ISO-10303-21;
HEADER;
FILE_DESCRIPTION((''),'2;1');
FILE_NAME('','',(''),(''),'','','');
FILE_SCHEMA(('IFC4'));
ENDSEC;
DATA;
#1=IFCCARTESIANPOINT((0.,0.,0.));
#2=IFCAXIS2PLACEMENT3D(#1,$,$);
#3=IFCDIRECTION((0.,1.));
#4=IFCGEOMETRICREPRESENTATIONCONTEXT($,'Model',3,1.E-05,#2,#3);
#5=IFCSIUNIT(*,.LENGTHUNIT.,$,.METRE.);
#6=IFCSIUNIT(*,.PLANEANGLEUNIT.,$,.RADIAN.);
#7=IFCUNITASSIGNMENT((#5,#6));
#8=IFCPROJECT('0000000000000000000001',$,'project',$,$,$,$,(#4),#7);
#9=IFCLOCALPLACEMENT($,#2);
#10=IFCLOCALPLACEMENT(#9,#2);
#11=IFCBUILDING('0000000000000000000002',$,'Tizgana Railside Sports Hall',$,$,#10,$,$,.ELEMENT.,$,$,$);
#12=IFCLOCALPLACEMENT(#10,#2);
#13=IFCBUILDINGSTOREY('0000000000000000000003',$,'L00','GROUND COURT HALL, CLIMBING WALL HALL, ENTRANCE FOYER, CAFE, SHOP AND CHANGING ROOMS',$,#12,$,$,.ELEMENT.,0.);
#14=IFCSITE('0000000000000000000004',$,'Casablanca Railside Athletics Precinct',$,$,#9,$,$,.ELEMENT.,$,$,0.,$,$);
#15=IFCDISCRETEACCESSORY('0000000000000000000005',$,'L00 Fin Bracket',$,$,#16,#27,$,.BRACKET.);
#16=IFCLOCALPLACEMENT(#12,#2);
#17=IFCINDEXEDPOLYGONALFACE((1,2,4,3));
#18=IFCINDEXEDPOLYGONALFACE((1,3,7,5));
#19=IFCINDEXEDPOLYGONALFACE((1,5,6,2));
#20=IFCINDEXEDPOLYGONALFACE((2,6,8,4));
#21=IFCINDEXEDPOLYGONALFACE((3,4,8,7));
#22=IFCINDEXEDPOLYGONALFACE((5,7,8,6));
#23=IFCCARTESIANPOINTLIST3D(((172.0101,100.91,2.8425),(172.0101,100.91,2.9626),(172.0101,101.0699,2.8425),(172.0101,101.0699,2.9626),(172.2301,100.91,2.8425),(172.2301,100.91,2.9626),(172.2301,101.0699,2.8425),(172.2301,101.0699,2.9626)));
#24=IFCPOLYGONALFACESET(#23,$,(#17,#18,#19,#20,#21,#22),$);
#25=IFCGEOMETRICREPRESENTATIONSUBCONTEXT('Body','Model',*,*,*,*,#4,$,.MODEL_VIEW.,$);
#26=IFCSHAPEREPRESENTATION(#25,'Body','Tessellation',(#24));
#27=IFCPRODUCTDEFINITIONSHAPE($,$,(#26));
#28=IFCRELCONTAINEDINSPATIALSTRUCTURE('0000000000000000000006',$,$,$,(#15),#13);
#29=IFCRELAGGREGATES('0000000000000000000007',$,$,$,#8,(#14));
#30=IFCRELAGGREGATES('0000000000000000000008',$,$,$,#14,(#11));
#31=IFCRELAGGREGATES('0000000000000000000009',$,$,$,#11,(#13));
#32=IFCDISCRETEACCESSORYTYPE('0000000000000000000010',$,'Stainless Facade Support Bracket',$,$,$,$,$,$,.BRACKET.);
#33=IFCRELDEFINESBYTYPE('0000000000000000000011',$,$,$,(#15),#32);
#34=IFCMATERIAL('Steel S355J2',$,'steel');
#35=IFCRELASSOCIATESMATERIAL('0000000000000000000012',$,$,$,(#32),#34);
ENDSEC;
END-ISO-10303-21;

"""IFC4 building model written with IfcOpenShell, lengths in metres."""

from ifc_helpers import new_model, si_unit, direction, frame, origin, origin_2d, place, context, subcontext, project, spatial, rectangle, extrude, material, type_object, element, save


model = new_model("IFC4")

# Units and contexts
model_context = context("Model", 3, precision=1e-05, world=origin(), true_north=direction((0.0, 1.0)))
body_context = subcontext(model_context, "Body", "Model", "MODEL_VIEW")
ifc_project = project(units=[si_unit("LENGTHUNIT", "METRE"), si_unit("PLANEANGLEUNIT", "RADIAN")], contexts=[model_context])

# Site, building, storey
site_placement = place(None, origin())
site = spatial("IfcSite", under=ifc_project, at=site_placement, Name="Casablanca Railside Athletics Precinct", CompositionType="ELEMENT", RefElevation=0.0)
building_placement = place(site_placement, origin())
building = spatial("IfcBuilding", under=site, at=building_placement, Name="Tizgana Railside Sports Hall", CompositionType="ELEMENT")
storey_placement = place(building_placement, origin())
storey = spatial("IfcBuildingStorey", under=building, at=storey_placement, Name="L00", Description="GROUND COURT HALL, CLIMBING WALL HALL, ENTRANCE FOYER, CAFE, SHOP AND CHANGING ROOMS", CompositionType="ELEMENT", Elevation=0.0)

# Discrete accessory
ifc_material_1 = material(Name="Steel S355J2", Category="steel")
discrete_accessory_type = type_object("IfcDiscreteAccessoryType", Name="Stainless Facade Support Bracket", PredefinedType="BRACKET", material=ifc_material_1)
discrete_accessory_placement = place(storey_placement, frame((172.1201, 100.99, 2.8425), z_axis=(0.0, 0.0, 1.0), x_axis=(0.0, 1.0, 0.0)))
element("IfcDiscreteAccessory", 1, at=discrete_accessory_placement, inside=storey, type_object=discrete_accessory_type, Name="L00 Fin Bracket", PredefinedType="BRACKET", context=body_context, shape_type="SweptSolid", body=[
    extrude(rectangle(XDim=0.1599, YDim=0.22, at=origin_2d()), origin(), (0.0, 0.0, 1.0), 0.1201),
])

save(model, "model.ifc")
